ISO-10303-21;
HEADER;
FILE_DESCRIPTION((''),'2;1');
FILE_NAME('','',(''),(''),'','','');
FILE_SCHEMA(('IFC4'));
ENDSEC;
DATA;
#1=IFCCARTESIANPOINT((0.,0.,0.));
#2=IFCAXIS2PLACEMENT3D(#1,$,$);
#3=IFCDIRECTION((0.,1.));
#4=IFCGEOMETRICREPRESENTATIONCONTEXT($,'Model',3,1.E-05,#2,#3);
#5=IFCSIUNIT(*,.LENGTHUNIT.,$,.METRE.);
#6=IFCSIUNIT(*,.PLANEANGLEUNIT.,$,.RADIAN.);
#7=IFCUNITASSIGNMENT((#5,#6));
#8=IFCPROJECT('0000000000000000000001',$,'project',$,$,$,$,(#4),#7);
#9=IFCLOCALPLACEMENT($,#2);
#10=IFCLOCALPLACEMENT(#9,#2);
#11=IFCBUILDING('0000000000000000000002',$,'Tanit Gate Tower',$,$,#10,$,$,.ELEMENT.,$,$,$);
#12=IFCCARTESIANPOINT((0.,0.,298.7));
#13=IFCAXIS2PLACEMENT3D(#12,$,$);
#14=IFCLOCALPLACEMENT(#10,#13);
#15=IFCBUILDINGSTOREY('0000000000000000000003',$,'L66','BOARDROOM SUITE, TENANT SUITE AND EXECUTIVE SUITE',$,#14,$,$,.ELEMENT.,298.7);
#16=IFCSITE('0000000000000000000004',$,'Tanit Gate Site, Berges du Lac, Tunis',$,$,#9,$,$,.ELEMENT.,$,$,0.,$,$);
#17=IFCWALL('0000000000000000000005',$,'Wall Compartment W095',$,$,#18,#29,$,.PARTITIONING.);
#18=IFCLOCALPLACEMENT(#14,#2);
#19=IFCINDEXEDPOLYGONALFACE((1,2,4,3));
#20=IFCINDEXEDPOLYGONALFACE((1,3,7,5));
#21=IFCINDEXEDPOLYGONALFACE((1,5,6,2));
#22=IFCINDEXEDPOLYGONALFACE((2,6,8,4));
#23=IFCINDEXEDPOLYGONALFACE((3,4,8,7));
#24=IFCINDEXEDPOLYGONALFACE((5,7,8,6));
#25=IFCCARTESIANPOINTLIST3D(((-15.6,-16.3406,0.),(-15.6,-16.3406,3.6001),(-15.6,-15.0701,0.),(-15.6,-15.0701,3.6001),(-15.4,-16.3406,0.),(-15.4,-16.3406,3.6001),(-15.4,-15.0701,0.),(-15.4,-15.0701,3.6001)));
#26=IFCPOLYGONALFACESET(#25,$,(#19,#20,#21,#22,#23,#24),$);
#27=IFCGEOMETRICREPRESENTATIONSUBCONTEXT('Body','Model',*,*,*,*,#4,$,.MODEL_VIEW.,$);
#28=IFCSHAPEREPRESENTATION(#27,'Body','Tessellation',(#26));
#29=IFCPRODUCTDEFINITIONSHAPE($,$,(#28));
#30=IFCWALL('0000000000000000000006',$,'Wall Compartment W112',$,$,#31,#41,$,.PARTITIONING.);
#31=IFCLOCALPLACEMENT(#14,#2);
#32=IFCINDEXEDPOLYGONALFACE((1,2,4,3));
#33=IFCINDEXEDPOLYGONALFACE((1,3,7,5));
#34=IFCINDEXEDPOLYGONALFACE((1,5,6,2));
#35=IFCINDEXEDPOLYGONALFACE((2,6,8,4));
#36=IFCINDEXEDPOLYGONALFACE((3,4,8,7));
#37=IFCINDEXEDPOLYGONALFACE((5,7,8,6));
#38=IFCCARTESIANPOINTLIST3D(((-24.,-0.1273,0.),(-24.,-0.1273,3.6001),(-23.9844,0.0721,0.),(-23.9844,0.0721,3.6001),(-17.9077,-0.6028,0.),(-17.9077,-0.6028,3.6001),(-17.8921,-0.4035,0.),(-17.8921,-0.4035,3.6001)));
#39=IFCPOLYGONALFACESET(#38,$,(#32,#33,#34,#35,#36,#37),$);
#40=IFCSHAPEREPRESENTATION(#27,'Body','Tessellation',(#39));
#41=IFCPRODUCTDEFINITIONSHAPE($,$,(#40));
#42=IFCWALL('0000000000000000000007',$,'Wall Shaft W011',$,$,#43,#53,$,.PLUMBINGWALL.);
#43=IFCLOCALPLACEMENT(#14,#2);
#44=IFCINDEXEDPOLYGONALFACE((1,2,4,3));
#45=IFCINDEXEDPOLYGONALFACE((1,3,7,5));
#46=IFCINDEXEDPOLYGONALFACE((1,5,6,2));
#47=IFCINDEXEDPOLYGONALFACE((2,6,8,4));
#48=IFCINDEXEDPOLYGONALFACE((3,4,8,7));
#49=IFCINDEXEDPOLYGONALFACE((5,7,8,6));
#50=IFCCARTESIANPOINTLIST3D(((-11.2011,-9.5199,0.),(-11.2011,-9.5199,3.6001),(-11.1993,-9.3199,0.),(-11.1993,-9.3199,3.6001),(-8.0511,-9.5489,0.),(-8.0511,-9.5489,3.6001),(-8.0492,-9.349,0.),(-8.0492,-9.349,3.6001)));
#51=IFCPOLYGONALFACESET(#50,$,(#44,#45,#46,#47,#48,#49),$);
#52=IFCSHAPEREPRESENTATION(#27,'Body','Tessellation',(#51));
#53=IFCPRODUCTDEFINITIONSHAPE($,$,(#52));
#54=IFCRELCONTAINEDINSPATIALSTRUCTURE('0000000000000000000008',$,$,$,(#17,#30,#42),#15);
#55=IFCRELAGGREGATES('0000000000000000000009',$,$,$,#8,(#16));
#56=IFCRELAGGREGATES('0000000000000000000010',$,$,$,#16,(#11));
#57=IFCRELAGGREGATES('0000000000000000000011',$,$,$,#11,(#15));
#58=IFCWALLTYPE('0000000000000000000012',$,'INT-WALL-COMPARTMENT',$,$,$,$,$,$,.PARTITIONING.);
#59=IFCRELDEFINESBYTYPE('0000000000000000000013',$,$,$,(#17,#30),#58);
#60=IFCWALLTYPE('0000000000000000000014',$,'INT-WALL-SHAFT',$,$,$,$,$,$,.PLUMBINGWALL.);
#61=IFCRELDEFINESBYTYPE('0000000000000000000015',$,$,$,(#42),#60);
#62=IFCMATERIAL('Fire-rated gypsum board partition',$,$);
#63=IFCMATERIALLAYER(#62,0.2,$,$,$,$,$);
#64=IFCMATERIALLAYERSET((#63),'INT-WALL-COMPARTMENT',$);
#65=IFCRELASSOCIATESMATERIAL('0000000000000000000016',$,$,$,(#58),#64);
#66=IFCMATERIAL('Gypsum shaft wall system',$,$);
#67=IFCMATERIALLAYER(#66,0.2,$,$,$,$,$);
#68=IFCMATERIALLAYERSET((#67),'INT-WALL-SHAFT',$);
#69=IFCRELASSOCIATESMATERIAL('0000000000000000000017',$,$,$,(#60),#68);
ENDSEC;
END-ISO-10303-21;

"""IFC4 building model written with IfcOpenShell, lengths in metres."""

from ifc_helpers import new_model, si_unit, direction, frame, frame_2d, origin, place, context, subcontext, project, spatial, rectangle, extrude, material, layer, layer_set, type_object, element, save


model = new_model("IFC4")

# Units and contexts
model_context = context("Model", 3, precision=1e-05, world=origin(), true_north=direction((0.0, 1.0)))
body_context = subcontext(model_context, "Body", "Model", "MODEL_VIEW")
ifc_project = project(units=[si_unit("LENGTHUNIT", "METRE"), si_unit("PLANEANGLEUNIT", "RADIAN")], contexts=[model_context])

# Site, building, storey
site_placement = place(None, origin())
site = spatial("IfcSite", under=ifc_project, at=site_placement, Name="Tanit Gate Site, Berges du Lac, Tunis", CompositionType="ELEMENT", RefElevation=0.0)
building_placement = place(site_placement, origin())
building = spatial("IfcBuilding", under=site, at=building_placement, Name="Tanit Gate Tower", CompositionType="ELEMENT")
storey_placement = place(building_placement, frame((0.0, 0.0, 298.7)))
storey = spatial("IfcBuildingStorey", under=building, at=storey_placement, Name="L66", Description="BOARDROOM SUITE, TENANT SUITE AND EXECUTIVE SUITE", CompositionType="ELEMENT", Elevation=298.7)

# Shared definitions
ifc_material_1 = material(Name="Fire-rated gypsum board partition")
ifc_layer_1 = layer(ifc_material_1, 0.2)
ifc_layer_set_1 = layer_set([ifc_layer_1], Name="INT-WALL-COMPARTMENT")
wall_type_1 = type_object("IfcWallType", Name="INT-WALL-COMPARTMENT", PredefinedType="PARTITIONING", material=ifc_layer_set_1)

# Walls
wall_1_placement = place(storey_placement, frame((-15.5, -15.0701, 0.0), z_axis=(0.0, 0.0, 1.0), x_axis=(0.0, -1.0, 0.0)))
element("IfcWall", 1, at=wall_1_placement, inside=storey, type_object=wall_type_1, Name="Wall Compartment W095", PredefinedType="PARTITIONING", context=body_context, shape_type="SweptSolid", body=[
    extrude(rectangle(XDim=1.2705, YDim=0.2, at=frame_2d((0.6353, 0.0))), origin(), (0.0, 0.0, 1.0), 3.6001),
])
wall_2_placement = place(storey_placement, frame((-23.9922, -0.0276, 0.0), z_axis=(0.0, 0.0, 1.0), x_axis=(0.996967, -0.077827, 0.0)))
element("IfcWall", 2, at=wall_2_placement, inside=storey, type_object=wall_type_1, Name="Wall Compartment W112", PredefinedType="PARTITIONING", context=body_context, shape_type="SweptSolid", body=[
    extrude(rectangle(XDim=6.1108, YDim=0.2, at=frame_2d((3.0554, 0.0))), origin(), (0.0, 0.0, 1.0), 3.6001),
])
ifc_material_2 = material(Name="Gypsum shaft wall system")
ifc_layer_2 = layer(ifc_material_2, 0.2)
ifc_layer_set_2 = layer_set([ifc_layer_2], Name="INT-WALL-SHAFT")
wall_type_2 = type_object("IfcWallType", Name="INT-WALL-SHAFT", PredefinedType="PLUMBINGWALL", material=ifc_layer_set_2)
wall_3_placement = place(storey_placement, frame((-8.05, -9.449, 0.0), z_axis=(0.0, 0.0, 1.0), x_axis=(-0.999957, 0.009223, 0.0)))
element("IfcWall", 3, at=wall_3_placement, inside=storey, type_object=wall_type_2, Name="Wall Shaft W011", PredefinedType="PLUMBINGWALL", context=body_context, shape_type="SweptSolid", body=[
    extrude(rectangle(XDim=3.1501, YDim=0.2, at=frame_2d((1.5752, 0.0))), origin(), (0.0, 0.0, 1.0), 3.6001),
])

save(model, "model.ifc")
